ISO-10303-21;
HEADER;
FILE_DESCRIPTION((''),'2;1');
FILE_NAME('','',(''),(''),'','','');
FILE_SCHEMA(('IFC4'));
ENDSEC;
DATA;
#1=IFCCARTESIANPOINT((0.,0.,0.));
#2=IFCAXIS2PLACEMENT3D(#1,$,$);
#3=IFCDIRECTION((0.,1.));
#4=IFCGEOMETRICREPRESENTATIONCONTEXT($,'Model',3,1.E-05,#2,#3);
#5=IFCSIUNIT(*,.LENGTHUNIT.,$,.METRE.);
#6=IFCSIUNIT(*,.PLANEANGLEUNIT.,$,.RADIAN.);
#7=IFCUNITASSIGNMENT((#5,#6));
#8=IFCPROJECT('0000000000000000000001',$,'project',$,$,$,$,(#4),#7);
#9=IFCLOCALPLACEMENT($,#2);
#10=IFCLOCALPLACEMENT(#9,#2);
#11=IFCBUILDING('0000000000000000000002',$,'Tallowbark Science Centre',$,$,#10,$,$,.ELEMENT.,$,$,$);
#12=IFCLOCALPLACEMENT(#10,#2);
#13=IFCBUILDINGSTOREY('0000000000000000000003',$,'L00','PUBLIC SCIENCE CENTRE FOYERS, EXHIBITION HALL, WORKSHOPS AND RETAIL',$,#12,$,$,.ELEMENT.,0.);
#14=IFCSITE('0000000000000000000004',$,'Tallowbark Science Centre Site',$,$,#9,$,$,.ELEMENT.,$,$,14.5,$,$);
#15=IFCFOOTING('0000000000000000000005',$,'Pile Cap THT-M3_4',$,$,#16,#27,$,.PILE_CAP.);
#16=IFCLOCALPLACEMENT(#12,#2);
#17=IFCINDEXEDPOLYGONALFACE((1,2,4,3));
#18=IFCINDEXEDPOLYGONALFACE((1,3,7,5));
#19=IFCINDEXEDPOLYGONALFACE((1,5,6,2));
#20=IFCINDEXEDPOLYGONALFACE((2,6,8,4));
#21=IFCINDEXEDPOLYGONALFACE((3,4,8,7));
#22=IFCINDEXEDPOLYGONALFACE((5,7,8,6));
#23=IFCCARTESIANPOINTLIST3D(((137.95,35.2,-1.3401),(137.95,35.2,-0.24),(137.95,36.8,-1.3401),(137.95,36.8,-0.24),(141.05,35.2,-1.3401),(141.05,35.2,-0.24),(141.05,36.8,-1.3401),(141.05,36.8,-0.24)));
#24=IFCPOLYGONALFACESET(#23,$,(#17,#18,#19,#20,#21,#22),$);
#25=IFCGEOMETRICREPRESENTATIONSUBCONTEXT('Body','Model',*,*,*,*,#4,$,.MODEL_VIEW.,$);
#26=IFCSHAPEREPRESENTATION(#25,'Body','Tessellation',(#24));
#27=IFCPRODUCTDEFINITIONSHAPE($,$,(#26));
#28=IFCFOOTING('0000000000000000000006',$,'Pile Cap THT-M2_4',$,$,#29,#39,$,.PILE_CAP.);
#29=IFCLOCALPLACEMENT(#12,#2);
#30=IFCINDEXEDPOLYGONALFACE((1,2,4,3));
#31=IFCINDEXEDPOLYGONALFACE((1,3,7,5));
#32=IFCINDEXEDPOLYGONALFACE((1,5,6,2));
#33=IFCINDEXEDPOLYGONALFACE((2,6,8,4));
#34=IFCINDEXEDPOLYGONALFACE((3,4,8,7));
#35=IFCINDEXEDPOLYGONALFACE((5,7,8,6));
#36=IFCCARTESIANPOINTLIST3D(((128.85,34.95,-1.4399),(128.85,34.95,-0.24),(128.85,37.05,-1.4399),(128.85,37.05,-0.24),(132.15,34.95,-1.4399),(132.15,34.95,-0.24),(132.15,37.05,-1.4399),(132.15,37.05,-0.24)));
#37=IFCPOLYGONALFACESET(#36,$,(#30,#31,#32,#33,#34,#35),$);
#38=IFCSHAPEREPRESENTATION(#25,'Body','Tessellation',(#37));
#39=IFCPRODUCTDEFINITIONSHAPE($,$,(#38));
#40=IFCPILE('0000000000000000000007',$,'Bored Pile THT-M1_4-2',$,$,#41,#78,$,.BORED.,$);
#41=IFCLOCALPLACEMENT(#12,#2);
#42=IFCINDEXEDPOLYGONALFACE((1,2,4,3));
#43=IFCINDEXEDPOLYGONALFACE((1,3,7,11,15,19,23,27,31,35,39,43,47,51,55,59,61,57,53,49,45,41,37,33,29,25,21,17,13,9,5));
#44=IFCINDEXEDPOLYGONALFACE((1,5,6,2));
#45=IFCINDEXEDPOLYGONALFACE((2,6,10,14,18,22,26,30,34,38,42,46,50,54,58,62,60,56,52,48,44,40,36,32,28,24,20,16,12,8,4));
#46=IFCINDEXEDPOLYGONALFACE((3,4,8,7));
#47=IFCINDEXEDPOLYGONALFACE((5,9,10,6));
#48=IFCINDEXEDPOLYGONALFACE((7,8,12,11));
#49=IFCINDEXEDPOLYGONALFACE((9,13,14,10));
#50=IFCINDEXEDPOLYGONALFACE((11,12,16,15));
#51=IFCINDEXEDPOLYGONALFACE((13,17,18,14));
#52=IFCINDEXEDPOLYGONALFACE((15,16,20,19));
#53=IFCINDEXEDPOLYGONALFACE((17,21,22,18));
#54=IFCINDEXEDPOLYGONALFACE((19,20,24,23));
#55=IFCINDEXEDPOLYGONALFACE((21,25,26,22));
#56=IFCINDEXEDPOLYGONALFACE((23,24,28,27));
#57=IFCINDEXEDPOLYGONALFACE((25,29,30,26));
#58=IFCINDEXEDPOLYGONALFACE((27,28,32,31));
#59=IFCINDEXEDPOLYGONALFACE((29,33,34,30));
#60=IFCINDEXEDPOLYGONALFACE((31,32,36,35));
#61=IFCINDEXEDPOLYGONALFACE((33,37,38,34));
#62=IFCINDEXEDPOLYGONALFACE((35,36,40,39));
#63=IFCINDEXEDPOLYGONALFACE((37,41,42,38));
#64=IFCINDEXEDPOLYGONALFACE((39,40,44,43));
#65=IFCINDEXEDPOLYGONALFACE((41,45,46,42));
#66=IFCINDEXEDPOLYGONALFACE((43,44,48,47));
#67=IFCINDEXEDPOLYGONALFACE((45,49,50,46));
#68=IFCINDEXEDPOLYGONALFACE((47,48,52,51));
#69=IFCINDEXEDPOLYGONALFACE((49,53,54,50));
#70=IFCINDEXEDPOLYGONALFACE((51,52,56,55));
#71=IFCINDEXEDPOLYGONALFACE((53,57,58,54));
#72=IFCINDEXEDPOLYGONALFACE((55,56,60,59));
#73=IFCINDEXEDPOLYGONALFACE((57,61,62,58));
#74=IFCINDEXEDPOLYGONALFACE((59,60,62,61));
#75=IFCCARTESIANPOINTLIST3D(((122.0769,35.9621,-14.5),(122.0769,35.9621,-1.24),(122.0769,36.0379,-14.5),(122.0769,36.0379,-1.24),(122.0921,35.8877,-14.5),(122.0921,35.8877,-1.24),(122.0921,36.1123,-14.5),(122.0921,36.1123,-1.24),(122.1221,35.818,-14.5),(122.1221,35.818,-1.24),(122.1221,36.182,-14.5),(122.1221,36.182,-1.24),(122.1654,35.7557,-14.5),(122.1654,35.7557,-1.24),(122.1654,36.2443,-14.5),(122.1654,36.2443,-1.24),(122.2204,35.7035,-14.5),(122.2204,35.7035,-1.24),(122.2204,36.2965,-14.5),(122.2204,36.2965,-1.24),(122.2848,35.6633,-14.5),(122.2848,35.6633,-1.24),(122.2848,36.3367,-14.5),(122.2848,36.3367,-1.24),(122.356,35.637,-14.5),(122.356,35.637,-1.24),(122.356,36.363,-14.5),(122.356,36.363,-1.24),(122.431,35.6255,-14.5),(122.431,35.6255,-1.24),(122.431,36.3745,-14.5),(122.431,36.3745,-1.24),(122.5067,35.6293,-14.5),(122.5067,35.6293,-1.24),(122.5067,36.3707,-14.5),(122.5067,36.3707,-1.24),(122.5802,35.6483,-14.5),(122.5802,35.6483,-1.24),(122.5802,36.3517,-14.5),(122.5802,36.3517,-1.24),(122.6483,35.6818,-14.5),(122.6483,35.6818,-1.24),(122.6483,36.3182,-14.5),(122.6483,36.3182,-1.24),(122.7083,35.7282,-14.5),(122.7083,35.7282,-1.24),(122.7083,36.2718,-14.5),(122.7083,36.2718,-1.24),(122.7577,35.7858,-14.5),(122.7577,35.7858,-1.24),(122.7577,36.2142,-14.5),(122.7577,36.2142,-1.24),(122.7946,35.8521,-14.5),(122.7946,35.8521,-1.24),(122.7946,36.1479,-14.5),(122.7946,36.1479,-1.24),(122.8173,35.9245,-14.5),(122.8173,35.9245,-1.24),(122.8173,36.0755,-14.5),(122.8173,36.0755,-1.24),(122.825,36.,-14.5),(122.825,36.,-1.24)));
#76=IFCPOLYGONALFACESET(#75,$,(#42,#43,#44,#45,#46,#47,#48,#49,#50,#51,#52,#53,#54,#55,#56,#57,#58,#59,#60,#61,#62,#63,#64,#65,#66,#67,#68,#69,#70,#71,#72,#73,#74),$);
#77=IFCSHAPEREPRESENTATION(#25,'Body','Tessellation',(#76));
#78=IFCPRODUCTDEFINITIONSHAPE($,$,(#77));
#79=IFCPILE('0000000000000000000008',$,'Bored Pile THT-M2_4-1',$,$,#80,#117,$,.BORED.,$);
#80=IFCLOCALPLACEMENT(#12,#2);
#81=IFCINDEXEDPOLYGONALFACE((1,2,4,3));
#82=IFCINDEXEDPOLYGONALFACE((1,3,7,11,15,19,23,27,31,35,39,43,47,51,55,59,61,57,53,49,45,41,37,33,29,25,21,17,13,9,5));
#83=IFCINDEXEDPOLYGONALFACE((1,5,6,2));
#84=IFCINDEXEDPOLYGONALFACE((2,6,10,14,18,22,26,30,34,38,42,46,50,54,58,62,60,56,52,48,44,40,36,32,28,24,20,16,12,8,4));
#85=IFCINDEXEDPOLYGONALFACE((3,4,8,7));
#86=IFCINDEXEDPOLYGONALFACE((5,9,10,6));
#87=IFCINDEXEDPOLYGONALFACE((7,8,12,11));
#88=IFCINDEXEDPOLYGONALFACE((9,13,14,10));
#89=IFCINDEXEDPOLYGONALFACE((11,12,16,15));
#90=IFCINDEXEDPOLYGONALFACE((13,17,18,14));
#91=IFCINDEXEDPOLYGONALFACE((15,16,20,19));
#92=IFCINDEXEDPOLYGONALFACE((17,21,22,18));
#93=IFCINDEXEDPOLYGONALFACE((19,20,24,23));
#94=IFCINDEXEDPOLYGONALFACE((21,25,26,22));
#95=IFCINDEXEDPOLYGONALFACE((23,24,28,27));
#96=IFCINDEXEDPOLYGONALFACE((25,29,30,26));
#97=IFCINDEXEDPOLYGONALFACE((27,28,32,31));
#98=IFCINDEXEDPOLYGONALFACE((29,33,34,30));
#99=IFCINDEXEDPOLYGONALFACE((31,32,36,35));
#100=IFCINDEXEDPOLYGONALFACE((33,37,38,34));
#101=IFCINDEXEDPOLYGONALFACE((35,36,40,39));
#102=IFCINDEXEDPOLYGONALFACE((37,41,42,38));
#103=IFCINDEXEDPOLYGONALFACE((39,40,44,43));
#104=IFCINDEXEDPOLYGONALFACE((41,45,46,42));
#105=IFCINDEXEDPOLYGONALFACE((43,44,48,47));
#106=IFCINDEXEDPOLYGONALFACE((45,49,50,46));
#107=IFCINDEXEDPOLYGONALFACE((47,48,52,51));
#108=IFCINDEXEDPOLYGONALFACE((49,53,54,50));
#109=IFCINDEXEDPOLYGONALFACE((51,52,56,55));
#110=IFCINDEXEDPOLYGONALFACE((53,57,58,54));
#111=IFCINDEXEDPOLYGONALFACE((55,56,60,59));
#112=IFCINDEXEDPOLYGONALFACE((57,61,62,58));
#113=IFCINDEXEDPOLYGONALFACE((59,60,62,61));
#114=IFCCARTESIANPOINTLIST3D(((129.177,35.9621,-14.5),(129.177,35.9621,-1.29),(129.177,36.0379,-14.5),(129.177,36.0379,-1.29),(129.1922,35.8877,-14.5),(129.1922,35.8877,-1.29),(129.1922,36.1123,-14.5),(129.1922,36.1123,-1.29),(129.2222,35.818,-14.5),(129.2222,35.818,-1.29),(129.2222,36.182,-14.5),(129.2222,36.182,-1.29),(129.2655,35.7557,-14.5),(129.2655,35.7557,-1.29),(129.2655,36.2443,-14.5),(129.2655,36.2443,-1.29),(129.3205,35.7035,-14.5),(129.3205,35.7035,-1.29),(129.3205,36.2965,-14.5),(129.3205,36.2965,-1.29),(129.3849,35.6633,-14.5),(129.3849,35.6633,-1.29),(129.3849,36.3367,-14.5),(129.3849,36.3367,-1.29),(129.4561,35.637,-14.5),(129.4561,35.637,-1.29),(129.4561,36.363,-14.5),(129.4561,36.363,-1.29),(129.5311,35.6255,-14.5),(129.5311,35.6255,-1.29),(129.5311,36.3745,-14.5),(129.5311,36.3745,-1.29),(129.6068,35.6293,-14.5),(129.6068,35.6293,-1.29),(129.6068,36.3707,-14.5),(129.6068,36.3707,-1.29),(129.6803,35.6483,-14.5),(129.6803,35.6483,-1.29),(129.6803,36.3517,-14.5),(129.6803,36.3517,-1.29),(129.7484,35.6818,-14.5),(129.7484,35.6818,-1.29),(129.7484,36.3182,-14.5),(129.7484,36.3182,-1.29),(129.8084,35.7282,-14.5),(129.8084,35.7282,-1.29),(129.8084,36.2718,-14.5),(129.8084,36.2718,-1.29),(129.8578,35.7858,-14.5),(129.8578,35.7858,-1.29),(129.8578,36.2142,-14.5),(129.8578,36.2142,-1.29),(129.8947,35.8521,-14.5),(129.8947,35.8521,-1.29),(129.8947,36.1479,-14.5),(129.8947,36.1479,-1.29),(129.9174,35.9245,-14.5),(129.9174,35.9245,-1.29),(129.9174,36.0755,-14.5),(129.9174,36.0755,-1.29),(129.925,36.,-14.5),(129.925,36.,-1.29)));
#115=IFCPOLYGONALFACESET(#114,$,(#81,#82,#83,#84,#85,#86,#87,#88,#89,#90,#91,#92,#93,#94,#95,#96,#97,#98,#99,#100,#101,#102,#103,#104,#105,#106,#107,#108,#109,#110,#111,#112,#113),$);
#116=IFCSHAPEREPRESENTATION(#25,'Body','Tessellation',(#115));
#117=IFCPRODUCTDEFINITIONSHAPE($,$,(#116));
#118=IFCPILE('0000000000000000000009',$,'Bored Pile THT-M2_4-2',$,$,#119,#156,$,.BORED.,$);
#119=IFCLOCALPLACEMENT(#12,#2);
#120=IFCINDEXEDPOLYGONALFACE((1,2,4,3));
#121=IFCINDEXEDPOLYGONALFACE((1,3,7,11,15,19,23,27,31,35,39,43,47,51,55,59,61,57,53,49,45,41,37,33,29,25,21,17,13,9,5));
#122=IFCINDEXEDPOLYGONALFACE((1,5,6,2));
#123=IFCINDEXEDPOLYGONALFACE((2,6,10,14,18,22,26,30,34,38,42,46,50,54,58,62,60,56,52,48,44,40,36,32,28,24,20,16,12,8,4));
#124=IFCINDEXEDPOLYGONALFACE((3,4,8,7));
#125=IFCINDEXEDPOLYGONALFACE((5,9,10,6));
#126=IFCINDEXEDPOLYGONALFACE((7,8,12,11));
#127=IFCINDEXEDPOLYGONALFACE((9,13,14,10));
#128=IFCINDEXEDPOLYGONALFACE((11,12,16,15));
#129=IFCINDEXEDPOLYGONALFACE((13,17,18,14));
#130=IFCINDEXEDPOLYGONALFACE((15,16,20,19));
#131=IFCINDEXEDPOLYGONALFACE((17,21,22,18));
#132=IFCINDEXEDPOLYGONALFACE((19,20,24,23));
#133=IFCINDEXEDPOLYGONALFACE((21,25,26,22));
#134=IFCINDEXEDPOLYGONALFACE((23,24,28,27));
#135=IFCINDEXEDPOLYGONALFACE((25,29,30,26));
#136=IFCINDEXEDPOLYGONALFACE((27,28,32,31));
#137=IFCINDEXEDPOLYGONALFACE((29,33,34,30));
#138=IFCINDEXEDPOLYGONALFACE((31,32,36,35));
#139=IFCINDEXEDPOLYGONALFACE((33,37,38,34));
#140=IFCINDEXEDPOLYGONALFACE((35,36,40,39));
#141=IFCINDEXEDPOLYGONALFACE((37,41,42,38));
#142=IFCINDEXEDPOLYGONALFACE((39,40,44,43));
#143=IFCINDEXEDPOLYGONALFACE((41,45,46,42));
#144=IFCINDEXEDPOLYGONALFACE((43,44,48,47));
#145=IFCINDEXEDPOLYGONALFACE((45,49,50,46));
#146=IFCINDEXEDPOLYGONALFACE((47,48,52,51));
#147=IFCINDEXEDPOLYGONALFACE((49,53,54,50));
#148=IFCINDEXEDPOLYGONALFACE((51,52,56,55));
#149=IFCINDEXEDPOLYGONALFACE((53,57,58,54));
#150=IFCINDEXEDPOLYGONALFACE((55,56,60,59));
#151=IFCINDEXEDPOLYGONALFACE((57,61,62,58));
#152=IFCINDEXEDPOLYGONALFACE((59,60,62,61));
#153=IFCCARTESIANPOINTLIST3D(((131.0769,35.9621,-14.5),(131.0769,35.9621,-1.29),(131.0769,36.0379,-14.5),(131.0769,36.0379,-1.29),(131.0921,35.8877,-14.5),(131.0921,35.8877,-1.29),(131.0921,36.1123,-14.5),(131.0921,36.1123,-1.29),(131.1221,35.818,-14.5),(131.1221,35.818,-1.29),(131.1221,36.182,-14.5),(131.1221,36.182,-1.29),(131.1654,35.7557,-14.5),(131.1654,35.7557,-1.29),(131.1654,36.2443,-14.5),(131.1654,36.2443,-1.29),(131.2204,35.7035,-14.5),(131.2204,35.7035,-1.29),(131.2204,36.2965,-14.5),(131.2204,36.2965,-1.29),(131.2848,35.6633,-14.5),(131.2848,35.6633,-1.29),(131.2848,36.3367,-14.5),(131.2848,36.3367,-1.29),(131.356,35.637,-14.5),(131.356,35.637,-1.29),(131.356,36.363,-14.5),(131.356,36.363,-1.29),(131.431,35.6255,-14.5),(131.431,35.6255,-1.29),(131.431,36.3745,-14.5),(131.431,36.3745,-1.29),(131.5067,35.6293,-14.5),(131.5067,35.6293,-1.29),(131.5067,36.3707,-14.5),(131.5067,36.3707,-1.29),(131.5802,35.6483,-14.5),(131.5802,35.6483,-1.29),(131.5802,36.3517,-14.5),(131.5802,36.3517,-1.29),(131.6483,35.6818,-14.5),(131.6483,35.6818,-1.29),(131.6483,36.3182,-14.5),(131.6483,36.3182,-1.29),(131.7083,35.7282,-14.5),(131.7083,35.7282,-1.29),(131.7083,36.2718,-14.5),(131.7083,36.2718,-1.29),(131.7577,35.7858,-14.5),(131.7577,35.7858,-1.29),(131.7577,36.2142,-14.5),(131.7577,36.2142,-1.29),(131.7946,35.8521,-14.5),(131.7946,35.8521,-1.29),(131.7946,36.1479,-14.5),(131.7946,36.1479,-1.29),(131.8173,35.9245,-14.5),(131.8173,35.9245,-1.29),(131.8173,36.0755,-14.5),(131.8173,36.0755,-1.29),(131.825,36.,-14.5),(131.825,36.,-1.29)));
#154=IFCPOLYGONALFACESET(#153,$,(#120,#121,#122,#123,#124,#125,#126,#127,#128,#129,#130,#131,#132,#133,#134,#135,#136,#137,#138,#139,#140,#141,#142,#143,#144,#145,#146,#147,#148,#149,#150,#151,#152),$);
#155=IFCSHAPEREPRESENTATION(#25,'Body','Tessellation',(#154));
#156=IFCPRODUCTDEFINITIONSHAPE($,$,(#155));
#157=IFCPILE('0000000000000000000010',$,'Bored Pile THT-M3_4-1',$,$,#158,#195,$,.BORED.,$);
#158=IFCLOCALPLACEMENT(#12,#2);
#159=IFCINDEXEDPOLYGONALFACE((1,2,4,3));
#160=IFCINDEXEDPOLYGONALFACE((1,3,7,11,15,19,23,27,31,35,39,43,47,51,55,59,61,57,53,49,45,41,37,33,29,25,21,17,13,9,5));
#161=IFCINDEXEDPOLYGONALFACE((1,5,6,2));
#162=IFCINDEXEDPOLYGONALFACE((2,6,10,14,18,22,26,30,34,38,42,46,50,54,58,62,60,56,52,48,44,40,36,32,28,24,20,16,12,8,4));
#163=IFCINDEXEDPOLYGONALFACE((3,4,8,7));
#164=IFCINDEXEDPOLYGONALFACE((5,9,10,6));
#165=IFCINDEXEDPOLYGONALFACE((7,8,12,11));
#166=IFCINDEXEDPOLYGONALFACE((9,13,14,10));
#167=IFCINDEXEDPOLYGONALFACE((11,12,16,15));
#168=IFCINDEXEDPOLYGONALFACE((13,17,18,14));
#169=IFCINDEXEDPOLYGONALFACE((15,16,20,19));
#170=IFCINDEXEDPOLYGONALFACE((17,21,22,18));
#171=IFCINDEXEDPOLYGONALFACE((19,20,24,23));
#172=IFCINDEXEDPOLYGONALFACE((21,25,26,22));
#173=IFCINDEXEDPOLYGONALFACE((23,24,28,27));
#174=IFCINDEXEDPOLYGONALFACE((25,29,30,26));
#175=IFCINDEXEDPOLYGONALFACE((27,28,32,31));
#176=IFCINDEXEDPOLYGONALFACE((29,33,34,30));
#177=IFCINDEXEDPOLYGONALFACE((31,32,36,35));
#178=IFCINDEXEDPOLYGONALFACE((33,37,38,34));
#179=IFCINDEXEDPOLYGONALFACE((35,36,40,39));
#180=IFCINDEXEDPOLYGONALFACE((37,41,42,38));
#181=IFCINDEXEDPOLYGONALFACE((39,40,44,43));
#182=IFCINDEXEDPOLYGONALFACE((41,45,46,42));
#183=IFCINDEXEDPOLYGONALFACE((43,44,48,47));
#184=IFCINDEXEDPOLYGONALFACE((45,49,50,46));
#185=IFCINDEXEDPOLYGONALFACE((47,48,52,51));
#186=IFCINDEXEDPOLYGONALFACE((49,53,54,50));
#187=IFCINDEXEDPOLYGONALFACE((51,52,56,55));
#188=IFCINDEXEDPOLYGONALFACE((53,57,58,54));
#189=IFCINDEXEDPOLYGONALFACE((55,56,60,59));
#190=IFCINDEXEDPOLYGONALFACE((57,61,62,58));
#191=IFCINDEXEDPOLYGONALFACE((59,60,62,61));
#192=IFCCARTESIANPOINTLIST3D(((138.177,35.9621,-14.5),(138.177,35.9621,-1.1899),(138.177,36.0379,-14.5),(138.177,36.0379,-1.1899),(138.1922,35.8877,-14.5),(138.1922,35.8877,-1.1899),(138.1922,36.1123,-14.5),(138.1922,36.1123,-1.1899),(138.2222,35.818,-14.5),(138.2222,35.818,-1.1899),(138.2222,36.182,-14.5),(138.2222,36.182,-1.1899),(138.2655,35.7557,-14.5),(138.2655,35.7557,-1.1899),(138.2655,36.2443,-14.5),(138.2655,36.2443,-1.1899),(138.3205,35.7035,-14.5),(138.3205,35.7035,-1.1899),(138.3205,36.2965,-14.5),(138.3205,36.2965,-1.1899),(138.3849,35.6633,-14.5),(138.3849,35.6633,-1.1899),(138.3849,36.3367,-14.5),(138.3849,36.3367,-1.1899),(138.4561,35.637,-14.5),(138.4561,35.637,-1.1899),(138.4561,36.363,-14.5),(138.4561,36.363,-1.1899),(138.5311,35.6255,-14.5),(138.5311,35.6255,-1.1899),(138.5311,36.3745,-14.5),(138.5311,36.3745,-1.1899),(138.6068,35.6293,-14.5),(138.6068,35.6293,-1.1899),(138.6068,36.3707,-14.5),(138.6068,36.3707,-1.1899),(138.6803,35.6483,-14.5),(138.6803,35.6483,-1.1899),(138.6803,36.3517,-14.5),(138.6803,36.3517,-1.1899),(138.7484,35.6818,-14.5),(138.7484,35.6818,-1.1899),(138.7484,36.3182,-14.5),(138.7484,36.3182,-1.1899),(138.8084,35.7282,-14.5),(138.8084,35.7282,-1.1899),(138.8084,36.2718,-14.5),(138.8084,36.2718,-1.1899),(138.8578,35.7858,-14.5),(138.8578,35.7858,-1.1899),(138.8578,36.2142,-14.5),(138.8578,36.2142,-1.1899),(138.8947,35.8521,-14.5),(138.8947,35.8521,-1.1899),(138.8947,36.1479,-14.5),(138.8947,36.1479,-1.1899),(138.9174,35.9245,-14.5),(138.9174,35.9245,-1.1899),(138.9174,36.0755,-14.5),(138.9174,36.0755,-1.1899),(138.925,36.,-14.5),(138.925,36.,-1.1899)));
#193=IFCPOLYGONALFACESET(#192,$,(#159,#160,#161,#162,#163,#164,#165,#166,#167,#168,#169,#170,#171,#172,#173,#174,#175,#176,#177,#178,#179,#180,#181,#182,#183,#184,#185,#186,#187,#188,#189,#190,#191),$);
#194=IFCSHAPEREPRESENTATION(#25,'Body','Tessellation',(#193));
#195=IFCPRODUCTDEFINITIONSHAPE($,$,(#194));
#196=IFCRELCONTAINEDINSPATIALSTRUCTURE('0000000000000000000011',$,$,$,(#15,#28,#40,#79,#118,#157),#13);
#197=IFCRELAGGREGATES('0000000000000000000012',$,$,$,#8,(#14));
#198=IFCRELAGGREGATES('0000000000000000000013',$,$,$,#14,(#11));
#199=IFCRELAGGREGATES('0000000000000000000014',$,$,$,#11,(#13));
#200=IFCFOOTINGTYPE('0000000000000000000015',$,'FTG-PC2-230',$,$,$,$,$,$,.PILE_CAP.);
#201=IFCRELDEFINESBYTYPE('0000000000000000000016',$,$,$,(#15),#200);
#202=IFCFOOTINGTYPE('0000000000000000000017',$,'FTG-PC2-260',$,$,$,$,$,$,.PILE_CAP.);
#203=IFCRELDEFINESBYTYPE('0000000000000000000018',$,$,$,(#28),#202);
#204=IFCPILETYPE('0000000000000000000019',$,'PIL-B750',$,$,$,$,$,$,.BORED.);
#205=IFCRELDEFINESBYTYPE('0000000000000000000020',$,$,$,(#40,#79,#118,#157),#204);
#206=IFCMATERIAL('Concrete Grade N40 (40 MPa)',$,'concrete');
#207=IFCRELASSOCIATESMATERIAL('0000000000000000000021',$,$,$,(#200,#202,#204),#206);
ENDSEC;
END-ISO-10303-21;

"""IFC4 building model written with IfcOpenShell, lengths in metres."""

from ifc_helpers import new_model, si_unit, direction, frame, origin, origin_2d, place, context, subcontext, project, spatial, rectangle, circle, extrude, material, material_profile, profile_set, type_object, element, save


model = new_model("IFC4")

# Units and contexts
model_context = context("Model", 3, precision=1e-05, world=origin(), true_north=direction((0.0, 1.0)))
body_context = subcontext(model_context, "Body", "Model", "MODEL_VIEW")
ifc_project = project(units=[si_unit("LENGTHUNIT", "METRE"), si_unit("PLANEANGLEUNIT", "RADIAN")], contexts=[model_context])

# Site, building, storey
site_placement = place(None, origin())
site = spatial("IfcSite", under=ifc_project, at=site_placement, Name="Tallowbark Science Centre Site", CompositionType="ELEMENT", RefElevation=14.5)
building_placement = place(site_placement, origin())
building = spatial("IfcBuilding", under=site, at=building_placement, Name="Tallowbark Science Centre", CompositionType="ELEMENT")
storey_placement = place(building_placement, origin())
storey = spatial("IfcBuildingStorey", under=building, at=storey_placement, Name="L00", Description="PUBLIC SCIENCE CENTRE FOYERS, EXHIBITION HALL, WORKSHOPS AND RETAIL", CompositionType="ELEMENT", Elevation=0.0)

# Footings
ifc_material_1 = material(Name="Concrete Grade N40 (40 MPa)", Category="concrete")
footing_type_1 = type_object("IfcFootingType", Name="FTG-PC2-230", PredefinedType="PILE_CAP", material=ifc_material_1)
footing_1_placement = place(storey_placement, frame((139.5, 36.0, -1.3401), z_axis=(0.0, 0.0, 1.0), x_axis=(1.0, 0.0, 0.0)))
element("IfcFooting", 1, at=footing_1_placement, inside=storey, type_object=footing_type_1, Name="Pile Cap THT-M3_4", PredefinedType="PILE_CAP", context=body_context, shape_type="SweptSolid", body=[
    extrude(rectangle(XDim=3.1001, YDim=1.6001, at=origin_2d()), origin(), (0.0, 0.0, 1.0), 1.1001),
])
footing_type_2 = type_object("IfcFootingType", Name="FTG-PC2-260", PredefinedType="PILE_CAP", material=ifc_material_1)
footing_2_placement = place(storey_placement, frame((130.5, 36.0, -1.4399), z_axis=(0.0, 0.0, 1.0), x_axis=(1.0, 0.0, 0.0)))
element("IfcFooting", 2, at=footing_2_placement, inside=storey, type_object=footing_type_2, Name="Pile Cap THT-M2_4", PredefinedType="PILE_CAP", context=body_context, shape_type="SweptSolid", body=[
    extrude(rectangle(XDim=3.3, YDim=2.1001, at=origin_2d()), origin(), (0.0, 0.0, 1.0), 1.2),
])

# Piles
ifc_material_profile_1 = material_profile(ifc_material_1, circle(Radius=0.375, at=origin_2d()), Name="PILE750")
ifc_profile_set_1 = profile_set([ifc_material_profile_1], Name="Concrete Grade N40 (40 MPa)")
pile_type = type_object("IfcPileType", Name="PIL-B750", PredefinedType="BORED", material=ifc_profile_set_1)
pile_placement = place(storey_placement, frame((122.45, 36.0, -1.24), z_axis=(0.0, 0.0, -1.0), x_axis=(1.0, 0.0, 0.0)))
element("IfcPile", 3, at=pile_placement, inside=storey, type_object=pile_type, Name="Bored Pile THT-M1_4-2", PredefinedType="BORED", context=body_context, shape_type="SweptSolid", body=[
    extrude(circle(Radius=0.375, at=origin_2d()), origin(), (0.0, 0.0, 1.0), 13.26),
])
for number, where, z_axis, x_axis, name in (
    (4, (129.55, 36.0, -1.29), (0.0, 0.0, -1.0), (1.0, 0.0, 0.0), "Bored Pile THT-M2_4-1"),
    (5, (131.45, 36.0, -1.29), (0.0, 0.0, -1.0), (1.0, 0.0, 0.0), "Bored Pile THT-M2_4-2"),
):
    element("IfcPile", number, at=place(storey_placement, frame(where, z_axis=z_axis, x_axis=x_axis)), inside=storey, type_object=pile_type, Name=name, PredefinedType="BORED", context=body_context, shape_type="SweptSolid", body=[
        extrude(circle(Radius=0.375, at=origin_2d()), origin(), (0.0, 0.0, 1.0), 13.21),
    ])
for number, where, z_axis, x_axis, name in (
    (6, (138.55, 36.0, -1.1899), (0.0, 0.0, -1.0), (1.0, 0.0, 0.0), "Bored Pile THT-M3_4-1"),
):
    element("IfcPile", number, at=place(storey_placement, frame(where, z_axis=z_axis, x_axis=x_axis)), inside=storey, type_object=pile_type, Name=name, PredefinedType="BORED", context=body_context, shape_type="SweptSolid", body=[
        extrude(circle(Radius=0.375, at=origin_2d()), origin(), (0.0, 0.0, 1.0), 13.3101),
    ])

save(model, "model.ifc")
